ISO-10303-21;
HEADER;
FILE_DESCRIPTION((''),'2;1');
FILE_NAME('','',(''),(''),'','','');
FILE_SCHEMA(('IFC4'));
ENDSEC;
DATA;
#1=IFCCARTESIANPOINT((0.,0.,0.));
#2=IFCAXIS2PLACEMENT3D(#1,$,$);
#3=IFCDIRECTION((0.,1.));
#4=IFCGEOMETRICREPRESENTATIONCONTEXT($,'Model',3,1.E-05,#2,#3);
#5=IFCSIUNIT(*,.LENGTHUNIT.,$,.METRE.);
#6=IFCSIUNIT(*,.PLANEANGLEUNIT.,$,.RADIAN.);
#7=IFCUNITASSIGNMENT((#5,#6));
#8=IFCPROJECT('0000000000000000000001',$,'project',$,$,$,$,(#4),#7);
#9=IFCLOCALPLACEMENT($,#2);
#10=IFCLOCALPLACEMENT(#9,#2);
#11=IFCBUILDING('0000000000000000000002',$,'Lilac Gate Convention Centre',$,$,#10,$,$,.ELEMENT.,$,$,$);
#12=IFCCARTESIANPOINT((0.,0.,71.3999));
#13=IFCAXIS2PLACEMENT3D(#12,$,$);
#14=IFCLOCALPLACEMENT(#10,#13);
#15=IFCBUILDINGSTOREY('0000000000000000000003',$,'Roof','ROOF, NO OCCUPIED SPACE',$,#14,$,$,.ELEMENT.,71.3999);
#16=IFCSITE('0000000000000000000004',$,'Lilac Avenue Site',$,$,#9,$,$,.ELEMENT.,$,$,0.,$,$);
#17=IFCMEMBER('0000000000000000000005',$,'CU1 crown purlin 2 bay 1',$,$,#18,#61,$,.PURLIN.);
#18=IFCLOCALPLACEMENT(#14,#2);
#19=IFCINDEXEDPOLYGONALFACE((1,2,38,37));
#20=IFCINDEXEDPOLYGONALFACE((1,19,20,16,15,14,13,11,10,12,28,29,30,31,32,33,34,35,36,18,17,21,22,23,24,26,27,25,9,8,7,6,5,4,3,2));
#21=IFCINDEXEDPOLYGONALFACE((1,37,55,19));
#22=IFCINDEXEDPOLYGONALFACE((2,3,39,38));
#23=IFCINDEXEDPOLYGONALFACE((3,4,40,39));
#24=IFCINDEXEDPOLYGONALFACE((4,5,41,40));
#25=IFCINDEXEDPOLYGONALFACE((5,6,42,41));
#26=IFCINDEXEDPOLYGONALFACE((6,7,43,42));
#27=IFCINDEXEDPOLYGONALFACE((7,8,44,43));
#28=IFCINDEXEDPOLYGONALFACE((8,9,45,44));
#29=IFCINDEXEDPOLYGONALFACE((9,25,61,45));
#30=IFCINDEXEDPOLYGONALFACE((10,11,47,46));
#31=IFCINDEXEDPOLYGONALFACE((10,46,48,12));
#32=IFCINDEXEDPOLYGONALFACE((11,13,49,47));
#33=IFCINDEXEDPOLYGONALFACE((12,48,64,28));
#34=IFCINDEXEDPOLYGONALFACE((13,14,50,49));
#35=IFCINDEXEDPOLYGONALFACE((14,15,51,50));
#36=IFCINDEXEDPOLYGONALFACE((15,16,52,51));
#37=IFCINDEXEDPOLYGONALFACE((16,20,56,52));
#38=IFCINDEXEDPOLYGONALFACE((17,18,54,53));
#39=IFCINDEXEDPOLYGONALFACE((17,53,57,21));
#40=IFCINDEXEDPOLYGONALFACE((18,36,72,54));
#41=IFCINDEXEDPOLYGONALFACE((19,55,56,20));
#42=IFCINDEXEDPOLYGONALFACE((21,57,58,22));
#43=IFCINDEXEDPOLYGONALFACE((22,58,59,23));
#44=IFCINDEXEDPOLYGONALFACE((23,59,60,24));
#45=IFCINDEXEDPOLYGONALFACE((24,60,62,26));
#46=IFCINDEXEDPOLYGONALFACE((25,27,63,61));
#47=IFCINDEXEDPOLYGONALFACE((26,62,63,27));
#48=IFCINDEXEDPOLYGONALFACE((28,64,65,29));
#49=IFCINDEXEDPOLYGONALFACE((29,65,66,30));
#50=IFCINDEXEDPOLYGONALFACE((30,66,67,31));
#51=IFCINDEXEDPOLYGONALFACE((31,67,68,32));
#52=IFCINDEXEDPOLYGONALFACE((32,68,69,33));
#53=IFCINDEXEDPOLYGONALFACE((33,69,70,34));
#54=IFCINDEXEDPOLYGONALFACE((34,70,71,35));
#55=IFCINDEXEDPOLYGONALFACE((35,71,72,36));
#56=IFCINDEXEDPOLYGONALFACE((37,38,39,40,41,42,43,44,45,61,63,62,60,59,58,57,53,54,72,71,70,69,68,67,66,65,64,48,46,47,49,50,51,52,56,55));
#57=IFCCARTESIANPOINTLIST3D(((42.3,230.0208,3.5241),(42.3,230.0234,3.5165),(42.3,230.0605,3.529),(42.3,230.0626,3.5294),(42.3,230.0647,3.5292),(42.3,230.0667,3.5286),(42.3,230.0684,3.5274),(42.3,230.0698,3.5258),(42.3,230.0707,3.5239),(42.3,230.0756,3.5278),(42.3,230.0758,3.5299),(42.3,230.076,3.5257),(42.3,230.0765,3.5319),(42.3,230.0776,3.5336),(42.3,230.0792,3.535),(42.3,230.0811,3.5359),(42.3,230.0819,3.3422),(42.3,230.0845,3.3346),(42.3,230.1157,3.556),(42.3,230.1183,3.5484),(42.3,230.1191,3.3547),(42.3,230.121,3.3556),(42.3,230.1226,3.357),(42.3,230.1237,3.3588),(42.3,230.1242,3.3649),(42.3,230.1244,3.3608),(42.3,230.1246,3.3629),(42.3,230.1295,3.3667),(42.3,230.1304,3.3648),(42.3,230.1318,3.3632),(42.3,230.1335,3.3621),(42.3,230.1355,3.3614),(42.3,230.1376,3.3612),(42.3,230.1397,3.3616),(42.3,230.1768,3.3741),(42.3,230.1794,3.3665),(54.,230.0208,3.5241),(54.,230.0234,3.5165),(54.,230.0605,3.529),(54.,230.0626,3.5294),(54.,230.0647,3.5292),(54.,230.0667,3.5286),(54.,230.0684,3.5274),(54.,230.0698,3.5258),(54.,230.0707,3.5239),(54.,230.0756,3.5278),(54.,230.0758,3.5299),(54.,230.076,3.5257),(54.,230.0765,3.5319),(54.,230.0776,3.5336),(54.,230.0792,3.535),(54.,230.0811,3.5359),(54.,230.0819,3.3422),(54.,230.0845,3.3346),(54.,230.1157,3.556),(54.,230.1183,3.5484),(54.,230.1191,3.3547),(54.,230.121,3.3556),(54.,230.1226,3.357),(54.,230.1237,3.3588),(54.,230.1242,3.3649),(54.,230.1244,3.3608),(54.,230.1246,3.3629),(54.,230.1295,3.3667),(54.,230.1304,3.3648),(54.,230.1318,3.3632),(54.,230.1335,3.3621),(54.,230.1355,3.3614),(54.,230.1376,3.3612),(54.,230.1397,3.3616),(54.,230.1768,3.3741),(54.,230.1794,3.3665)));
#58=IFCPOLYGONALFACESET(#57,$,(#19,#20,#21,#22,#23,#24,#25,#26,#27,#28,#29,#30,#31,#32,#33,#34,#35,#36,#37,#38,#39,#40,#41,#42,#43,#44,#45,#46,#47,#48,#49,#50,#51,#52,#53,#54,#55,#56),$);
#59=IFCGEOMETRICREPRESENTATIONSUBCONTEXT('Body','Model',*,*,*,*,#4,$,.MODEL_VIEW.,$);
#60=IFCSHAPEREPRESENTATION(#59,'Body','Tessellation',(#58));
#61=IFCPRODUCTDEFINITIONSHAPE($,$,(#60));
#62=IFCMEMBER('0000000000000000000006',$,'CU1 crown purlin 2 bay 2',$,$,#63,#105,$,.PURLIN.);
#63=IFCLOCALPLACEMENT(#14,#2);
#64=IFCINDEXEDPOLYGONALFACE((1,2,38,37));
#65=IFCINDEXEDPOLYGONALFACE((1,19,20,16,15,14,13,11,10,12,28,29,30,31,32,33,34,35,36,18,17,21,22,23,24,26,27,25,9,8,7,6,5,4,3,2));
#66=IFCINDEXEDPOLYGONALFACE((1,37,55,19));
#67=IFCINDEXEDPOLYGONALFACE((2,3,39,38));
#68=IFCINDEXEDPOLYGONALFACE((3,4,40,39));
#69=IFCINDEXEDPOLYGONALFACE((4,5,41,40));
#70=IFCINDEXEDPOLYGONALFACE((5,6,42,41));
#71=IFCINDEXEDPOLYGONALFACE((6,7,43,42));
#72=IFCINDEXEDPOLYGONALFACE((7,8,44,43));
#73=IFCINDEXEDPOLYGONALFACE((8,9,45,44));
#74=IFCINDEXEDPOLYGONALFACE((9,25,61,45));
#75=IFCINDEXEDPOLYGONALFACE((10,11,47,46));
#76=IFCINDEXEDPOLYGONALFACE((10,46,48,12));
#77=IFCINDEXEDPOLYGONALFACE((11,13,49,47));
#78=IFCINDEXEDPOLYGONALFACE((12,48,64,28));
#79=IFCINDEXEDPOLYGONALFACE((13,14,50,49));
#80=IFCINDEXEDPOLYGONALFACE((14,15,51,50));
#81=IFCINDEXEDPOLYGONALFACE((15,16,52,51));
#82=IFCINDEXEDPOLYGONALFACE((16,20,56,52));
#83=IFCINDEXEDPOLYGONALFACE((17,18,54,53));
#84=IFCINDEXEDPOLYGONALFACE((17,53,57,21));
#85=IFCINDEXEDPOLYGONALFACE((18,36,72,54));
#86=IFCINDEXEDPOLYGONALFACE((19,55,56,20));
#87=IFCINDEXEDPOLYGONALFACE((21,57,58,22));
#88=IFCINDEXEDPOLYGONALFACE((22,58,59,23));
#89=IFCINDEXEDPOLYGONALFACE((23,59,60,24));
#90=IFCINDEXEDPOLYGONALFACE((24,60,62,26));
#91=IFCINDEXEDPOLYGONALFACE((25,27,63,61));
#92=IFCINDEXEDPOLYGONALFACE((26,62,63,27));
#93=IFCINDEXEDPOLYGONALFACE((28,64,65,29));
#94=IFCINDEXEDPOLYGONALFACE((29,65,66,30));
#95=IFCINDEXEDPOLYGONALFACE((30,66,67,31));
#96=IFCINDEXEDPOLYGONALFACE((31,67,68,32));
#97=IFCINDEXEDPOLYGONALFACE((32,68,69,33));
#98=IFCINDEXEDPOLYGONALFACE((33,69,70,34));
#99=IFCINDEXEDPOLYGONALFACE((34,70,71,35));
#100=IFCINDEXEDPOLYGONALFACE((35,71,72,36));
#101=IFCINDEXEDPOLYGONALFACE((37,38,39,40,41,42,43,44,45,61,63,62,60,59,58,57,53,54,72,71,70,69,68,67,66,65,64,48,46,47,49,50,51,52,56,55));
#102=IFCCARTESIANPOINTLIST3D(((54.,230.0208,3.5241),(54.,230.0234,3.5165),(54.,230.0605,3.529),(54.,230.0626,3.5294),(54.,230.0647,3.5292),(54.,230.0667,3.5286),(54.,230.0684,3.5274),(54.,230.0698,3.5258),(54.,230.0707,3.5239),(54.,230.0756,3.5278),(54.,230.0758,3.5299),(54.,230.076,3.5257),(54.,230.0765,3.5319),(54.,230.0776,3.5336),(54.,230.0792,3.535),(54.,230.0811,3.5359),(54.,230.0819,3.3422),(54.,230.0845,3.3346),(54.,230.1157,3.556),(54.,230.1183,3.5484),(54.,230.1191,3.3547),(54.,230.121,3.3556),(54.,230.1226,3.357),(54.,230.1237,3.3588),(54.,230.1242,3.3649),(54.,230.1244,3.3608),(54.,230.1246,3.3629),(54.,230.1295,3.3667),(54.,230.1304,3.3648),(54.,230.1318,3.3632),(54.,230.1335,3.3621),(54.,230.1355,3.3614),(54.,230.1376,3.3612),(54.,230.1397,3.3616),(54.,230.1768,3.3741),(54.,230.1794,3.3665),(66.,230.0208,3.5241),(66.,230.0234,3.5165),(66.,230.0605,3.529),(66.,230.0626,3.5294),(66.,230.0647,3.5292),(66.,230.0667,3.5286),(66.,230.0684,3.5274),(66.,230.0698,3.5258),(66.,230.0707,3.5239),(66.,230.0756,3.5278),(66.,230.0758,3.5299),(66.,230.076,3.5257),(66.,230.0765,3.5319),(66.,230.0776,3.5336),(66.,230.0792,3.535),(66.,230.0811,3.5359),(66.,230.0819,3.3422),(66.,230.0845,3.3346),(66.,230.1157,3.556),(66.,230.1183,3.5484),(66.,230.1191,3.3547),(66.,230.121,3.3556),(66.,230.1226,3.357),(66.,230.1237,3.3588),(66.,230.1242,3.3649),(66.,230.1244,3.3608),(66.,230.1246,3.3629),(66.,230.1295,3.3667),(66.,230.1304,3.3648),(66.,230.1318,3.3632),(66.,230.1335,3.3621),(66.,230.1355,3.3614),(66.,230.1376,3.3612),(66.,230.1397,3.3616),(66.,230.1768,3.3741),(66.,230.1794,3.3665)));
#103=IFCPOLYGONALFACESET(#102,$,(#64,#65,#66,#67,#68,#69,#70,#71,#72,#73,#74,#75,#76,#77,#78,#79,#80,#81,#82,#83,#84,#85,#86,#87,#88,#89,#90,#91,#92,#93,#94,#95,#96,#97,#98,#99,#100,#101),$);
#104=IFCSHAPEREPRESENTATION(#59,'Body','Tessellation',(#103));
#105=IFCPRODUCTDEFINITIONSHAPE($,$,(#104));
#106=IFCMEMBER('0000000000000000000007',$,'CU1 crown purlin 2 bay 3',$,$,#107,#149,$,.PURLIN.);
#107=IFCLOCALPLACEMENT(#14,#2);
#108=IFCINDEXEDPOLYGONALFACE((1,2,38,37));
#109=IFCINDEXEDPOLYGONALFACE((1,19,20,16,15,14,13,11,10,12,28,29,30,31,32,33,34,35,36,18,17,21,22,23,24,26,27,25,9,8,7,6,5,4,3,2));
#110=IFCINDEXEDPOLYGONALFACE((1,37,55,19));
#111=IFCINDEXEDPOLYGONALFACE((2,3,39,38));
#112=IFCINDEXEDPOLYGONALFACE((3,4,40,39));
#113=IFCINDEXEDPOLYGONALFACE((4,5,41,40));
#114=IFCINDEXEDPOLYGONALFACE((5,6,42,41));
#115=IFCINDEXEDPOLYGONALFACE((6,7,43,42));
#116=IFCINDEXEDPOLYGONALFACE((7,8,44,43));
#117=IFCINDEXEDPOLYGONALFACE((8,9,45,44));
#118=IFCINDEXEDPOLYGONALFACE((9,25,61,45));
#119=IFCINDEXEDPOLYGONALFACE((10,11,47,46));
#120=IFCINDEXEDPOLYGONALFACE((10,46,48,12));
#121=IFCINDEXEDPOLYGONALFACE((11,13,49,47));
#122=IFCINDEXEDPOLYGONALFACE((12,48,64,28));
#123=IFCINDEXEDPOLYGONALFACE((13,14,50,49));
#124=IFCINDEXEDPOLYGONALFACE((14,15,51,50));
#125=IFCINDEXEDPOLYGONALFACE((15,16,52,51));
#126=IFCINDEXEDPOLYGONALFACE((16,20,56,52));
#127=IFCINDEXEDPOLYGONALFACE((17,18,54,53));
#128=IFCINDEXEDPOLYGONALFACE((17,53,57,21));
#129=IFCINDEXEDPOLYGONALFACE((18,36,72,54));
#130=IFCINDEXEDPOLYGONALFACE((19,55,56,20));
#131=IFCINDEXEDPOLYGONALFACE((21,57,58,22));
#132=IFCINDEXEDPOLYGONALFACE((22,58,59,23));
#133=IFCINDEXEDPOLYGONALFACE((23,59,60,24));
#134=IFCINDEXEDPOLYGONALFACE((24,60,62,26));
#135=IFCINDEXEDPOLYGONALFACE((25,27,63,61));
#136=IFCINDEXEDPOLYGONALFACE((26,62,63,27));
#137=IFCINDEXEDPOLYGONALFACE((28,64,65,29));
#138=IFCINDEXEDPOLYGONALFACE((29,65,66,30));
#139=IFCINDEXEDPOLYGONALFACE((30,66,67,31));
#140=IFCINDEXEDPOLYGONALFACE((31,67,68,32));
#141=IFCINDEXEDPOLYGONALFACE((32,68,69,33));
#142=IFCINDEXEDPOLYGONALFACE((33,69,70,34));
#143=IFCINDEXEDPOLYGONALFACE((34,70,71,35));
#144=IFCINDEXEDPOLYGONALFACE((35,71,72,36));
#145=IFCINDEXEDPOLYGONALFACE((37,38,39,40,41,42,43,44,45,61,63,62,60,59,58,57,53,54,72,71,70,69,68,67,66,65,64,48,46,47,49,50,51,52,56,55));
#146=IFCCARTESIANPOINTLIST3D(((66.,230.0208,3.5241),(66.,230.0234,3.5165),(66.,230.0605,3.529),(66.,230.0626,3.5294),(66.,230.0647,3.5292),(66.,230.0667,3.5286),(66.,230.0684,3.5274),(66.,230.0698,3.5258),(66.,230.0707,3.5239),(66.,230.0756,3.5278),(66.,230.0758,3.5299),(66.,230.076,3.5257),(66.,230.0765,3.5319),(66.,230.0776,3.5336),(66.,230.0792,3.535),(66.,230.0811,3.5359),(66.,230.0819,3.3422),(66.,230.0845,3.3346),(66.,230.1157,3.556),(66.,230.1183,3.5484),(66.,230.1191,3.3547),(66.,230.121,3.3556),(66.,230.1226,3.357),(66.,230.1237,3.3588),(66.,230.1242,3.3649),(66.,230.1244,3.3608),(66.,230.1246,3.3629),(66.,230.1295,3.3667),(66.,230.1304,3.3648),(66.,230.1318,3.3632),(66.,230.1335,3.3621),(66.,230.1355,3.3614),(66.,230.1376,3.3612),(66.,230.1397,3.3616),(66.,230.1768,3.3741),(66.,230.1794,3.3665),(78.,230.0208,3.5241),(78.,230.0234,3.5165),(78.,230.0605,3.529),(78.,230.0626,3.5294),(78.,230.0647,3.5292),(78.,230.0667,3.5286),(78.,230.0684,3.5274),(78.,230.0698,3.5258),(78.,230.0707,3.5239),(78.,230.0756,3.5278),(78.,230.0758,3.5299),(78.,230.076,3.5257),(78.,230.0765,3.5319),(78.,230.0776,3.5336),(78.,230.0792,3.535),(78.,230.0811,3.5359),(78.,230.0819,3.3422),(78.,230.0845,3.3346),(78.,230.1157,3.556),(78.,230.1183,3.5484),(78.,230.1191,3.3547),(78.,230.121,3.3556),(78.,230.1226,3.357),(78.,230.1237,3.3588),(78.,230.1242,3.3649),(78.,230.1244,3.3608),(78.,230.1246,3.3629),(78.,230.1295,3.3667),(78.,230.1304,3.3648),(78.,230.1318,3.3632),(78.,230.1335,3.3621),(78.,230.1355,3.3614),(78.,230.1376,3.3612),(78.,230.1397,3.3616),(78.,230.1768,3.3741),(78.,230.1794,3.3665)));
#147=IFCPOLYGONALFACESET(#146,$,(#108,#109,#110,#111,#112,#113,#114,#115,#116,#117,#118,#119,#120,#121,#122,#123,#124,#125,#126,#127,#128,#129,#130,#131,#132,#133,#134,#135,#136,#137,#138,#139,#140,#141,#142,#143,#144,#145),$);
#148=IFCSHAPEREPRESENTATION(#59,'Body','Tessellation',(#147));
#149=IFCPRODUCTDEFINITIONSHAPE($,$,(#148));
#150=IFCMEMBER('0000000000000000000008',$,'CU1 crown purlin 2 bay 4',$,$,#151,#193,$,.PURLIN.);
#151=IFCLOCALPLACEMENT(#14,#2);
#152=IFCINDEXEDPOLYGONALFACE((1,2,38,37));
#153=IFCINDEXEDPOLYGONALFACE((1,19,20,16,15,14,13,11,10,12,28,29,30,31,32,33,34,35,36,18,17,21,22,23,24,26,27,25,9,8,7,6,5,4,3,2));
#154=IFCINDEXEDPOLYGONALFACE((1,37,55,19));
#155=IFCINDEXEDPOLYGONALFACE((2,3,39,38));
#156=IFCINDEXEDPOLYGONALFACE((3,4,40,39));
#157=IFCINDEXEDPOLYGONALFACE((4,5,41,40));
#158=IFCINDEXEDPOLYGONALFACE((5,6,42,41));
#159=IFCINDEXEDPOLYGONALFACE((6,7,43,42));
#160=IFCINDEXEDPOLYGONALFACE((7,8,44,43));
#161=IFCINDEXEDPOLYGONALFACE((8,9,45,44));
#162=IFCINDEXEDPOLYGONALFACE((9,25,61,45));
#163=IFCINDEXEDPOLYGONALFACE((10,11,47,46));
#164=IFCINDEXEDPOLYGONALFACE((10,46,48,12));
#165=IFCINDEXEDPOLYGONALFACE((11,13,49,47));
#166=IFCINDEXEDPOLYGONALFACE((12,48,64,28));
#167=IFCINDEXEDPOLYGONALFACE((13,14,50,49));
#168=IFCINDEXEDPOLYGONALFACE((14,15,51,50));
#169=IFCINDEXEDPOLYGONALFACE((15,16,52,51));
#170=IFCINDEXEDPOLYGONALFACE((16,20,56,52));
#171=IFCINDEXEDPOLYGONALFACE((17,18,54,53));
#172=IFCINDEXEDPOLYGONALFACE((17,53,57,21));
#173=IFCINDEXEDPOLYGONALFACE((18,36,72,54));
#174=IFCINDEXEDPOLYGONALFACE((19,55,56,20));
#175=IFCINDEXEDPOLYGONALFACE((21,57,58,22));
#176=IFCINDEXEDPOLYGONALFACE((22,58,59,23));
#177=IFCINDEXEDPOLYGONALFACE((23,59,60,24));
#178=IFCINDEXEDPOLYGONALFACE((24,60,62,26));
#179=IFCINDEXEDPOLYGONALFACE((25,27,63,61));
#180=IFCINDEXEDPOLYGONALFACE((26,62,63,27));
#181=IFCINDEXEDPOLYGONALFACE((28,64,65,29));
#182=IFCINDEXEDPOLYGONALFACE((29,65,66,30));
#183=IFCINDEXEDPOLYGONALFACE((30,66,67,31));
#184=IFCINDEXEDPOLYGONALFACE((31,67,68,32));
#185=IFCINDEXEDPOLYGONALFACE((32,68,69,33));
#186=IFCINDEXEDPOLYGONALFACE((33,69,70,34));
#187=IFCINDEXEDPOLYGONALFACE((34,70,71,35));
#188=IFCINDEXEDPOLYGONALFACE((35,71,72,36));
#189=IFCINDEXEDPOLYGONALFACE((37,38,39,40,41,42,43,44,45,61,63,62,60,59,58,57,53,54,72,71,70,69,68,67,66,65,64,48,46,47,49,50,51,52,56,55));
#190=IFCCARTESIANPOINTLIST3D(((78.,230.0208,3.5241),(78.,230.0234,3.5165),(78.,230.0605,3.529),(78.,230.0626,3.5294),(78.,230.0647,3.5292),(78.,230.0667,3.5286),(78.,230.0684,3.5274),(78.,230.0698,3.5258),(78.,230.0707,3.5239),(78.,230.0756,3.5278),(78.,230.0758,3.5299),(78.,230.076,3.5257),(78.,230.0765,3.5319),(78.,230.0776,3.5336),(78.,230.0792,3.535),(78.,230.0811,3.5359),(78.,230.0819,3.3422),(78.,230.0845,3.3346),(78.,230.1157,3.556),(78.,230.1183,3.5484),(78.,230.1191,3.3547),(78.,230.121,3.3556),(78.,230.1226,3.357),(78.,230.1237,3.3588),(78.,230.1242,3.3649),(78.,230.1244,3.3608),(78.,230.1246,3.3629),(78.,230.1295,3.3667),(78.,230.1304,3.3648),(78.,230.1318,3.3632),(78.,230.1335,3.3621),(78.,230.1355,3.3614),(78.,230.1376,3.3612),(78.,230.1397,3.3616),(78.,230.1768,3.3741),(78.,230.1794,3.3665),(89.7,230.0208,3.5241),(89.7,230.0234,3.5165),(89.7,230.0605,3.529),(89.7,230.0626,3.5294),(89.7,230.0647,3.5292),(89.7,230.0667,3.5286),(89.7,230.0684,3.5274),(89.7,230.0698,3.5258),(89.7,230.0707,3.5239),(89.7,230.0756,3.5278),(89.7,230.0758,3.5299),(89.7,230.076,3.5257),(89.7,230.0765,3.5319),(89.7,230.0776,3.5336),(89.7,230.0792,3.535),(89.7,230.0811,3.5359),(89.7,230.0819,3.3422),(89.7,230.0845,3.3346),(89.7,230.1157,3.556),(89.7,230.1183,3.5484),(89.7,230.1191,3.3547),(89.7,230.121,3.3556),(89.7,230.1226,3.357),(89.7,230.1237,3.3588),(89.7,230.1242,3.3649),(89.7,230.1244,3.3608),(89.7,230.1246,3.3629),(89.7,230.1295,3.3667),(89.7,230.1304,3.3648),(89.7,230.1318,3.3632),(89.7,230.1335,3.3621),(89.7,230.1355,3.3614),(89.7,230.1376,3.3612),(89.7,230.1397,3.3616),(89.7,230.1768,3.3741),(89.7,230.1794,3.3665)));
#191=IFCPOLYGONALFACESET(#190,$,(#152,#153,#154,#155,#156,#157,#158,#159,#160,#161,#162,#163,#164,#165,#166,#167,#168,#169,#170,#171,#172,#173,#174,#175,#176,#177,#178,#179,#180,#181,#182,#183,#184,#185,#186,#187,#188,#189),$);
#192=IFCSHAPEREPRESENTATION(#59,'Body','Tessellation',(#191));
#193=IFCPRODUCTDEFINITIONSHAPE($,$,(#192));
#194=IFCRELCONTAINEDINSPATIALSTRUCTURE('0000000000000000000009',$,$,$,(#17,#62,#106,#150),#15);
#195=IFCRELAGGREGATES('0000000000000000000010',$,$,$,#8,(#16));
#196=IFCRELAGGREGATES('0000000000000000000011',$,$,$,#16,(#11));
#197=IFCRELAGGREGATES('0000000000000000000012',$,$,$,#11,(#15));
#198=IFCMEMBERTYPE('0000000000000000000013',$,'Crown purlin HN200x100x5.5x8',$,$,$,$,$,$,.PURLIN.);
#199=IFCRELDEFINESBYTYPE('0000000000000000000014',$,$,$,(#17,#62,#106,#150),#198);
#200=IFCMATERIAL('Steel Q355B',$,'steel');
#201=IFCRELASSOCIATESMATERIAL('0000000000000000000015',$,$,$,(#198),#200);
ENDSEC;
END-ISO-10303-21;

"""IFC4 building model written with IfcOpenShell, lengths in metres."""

from ifc_helpers import new_model, si_unit, direction, frame, origin, origin_2d, place, context, subcontext, project, spatial, i_section, extrude, material, material_profile, profile_set, type_object, element, save


model = new_model("IFC4")

# Units and contexts
model_context = context("Model", 3, precision=1e-05, world=origin(), true_north=direction((0.0, 1.0)))
body_context = subcontext(model_context, "Body", "Model", "MODEL_VIEW")
ifc_project = project(units=[si_unit("LENGTHUNIT", "METRE"), si_unit("PLANEANGLEUNIT", "RADIAN")], contexts=[model_context])

# Site, building, storey
site_placement = place(None, origin())
site = spatial("IfcSite", under=ifc_project, at=site_placement, Name="Lilac Avenue Site", CompositionType="ELEMENT", RefElevation=0.0)
building_placement = place(site_placement, origin())
building = spatial("IfcBuilding", under=site, at=building_placement, Name="Lilac Gate Convention Centre", CompositionType="ELEMENT")
storey_placement = place(building_placement, frame((0.0, 0.0, 71.3999)))
storey = spatial("IfcBuildingStorey", under=building, at=storey_placement, Name="Roof", Description="ROOF, NO OCCUPIED SPACE", CompositionType="ELEMENT", Elevation=71.3999)

# Members
ifc_material_1 = material(Name="Steel Q355B", Category="steel")
ifc_material_profile_1 = material_profile(ifc_material_1, i_section(OverallWidth=0.1001, OverallDepth=0.2, WebThickness=0.0056, FlangeThickness=0.0081, FilletRadius=0.0081, at=origin_2d()), Name="HN200x100x5.5x8")
ifc_profile_set_1 = profile_set([ifc_material_profile_1], Name="Steel Q355B")
member_type_1 = type_object("IfcMemberType", Name="Crown purlin HN200x100x5.5x8", PredefinedType="PURLIN", material=ifc_profile_set_1)
for number, where, z_axis, x_axis, name in (
    (1, (42.3, 230.1001, 3.4453), (1.0, 0.0, 0.0), (0.0, 0.947884, 0.318616), "CU1 crown purlin 2 bay 1"),
):
    element("IfcMember", number, at=place(storey_placement, frame(where, z_axis=z_axis, x_axis=x_axis)), inside=storey, type_object=member_type_1, Name=name, PredefinedType="PURLIN", context=body_context, shape_type="SweptSolid", body=[
        extrude(i_section(OverallWidth=0.1001, OverallDepth=0.2, WebThickness=0.0056, FlangeThickness=0.0081, FilletRadius=0.0081, at=origin_2d()), origin(), (0.0, 0.0, 1.0), 11.7),
    ])
for number, where, z_axis, x_axis, name in (
    (2, (54.0, 230.1001, 3.4453), (1.0, 0.0, 0.0), (0.0, 0.947884, 0.318616), "CU1 crown purlin 2 bay 2"),
    (3, (66.0, 230.1001, 3.4453), (1.0, 0.0, 0.0), (0.0, 0.947884, 0.318616), "CU1 crown purlin 2 bay 3"),
):
    element("IfcMember", number, at=place(storey_placement, frame(where, z_axis=z_axis, x_axis=x_axis)), inside=storey, type_object=member_type_1, Name=name, PredefinedType="PURLIN", context=body_context, shape_type="SweptSolid", body=[
        extrude(i_section(OverallWidth=0.1001, OverallDepth=0.2, WebThickness=0.0056, FlangeThickness=0.0081, FilletRadius=0.0081, at=origin_2d()), origin(), (0.0, 0.0, 1.0), 12.0),
    ])
member_1_placement = place(storey_placement, frame((78.0, 230.1001, 3.4453), z_axis=(1.0, 0.0, 0.0), x_axis=(0.0, 0.947884, 0.318616)))
element("IfcMember", 4, at=member_1_placement, inside=storey, type_object=member_type_1, Name="CU1 crown purlin 2 bay 4", PredefinedType="PURLIN", context=body_context, shape_type="SweptSolid", body=[
    extrude(i_section(OverallWidth=0.1001, OverallDepth=0.2, WebThickness=0.0056, FlangeThickness=0.0081, FilletRadius=0.0081, at=origin_2d()), origin(), (0.0, 0.0, 1.0), 11.7),
])

save(model, "model.ifc")
